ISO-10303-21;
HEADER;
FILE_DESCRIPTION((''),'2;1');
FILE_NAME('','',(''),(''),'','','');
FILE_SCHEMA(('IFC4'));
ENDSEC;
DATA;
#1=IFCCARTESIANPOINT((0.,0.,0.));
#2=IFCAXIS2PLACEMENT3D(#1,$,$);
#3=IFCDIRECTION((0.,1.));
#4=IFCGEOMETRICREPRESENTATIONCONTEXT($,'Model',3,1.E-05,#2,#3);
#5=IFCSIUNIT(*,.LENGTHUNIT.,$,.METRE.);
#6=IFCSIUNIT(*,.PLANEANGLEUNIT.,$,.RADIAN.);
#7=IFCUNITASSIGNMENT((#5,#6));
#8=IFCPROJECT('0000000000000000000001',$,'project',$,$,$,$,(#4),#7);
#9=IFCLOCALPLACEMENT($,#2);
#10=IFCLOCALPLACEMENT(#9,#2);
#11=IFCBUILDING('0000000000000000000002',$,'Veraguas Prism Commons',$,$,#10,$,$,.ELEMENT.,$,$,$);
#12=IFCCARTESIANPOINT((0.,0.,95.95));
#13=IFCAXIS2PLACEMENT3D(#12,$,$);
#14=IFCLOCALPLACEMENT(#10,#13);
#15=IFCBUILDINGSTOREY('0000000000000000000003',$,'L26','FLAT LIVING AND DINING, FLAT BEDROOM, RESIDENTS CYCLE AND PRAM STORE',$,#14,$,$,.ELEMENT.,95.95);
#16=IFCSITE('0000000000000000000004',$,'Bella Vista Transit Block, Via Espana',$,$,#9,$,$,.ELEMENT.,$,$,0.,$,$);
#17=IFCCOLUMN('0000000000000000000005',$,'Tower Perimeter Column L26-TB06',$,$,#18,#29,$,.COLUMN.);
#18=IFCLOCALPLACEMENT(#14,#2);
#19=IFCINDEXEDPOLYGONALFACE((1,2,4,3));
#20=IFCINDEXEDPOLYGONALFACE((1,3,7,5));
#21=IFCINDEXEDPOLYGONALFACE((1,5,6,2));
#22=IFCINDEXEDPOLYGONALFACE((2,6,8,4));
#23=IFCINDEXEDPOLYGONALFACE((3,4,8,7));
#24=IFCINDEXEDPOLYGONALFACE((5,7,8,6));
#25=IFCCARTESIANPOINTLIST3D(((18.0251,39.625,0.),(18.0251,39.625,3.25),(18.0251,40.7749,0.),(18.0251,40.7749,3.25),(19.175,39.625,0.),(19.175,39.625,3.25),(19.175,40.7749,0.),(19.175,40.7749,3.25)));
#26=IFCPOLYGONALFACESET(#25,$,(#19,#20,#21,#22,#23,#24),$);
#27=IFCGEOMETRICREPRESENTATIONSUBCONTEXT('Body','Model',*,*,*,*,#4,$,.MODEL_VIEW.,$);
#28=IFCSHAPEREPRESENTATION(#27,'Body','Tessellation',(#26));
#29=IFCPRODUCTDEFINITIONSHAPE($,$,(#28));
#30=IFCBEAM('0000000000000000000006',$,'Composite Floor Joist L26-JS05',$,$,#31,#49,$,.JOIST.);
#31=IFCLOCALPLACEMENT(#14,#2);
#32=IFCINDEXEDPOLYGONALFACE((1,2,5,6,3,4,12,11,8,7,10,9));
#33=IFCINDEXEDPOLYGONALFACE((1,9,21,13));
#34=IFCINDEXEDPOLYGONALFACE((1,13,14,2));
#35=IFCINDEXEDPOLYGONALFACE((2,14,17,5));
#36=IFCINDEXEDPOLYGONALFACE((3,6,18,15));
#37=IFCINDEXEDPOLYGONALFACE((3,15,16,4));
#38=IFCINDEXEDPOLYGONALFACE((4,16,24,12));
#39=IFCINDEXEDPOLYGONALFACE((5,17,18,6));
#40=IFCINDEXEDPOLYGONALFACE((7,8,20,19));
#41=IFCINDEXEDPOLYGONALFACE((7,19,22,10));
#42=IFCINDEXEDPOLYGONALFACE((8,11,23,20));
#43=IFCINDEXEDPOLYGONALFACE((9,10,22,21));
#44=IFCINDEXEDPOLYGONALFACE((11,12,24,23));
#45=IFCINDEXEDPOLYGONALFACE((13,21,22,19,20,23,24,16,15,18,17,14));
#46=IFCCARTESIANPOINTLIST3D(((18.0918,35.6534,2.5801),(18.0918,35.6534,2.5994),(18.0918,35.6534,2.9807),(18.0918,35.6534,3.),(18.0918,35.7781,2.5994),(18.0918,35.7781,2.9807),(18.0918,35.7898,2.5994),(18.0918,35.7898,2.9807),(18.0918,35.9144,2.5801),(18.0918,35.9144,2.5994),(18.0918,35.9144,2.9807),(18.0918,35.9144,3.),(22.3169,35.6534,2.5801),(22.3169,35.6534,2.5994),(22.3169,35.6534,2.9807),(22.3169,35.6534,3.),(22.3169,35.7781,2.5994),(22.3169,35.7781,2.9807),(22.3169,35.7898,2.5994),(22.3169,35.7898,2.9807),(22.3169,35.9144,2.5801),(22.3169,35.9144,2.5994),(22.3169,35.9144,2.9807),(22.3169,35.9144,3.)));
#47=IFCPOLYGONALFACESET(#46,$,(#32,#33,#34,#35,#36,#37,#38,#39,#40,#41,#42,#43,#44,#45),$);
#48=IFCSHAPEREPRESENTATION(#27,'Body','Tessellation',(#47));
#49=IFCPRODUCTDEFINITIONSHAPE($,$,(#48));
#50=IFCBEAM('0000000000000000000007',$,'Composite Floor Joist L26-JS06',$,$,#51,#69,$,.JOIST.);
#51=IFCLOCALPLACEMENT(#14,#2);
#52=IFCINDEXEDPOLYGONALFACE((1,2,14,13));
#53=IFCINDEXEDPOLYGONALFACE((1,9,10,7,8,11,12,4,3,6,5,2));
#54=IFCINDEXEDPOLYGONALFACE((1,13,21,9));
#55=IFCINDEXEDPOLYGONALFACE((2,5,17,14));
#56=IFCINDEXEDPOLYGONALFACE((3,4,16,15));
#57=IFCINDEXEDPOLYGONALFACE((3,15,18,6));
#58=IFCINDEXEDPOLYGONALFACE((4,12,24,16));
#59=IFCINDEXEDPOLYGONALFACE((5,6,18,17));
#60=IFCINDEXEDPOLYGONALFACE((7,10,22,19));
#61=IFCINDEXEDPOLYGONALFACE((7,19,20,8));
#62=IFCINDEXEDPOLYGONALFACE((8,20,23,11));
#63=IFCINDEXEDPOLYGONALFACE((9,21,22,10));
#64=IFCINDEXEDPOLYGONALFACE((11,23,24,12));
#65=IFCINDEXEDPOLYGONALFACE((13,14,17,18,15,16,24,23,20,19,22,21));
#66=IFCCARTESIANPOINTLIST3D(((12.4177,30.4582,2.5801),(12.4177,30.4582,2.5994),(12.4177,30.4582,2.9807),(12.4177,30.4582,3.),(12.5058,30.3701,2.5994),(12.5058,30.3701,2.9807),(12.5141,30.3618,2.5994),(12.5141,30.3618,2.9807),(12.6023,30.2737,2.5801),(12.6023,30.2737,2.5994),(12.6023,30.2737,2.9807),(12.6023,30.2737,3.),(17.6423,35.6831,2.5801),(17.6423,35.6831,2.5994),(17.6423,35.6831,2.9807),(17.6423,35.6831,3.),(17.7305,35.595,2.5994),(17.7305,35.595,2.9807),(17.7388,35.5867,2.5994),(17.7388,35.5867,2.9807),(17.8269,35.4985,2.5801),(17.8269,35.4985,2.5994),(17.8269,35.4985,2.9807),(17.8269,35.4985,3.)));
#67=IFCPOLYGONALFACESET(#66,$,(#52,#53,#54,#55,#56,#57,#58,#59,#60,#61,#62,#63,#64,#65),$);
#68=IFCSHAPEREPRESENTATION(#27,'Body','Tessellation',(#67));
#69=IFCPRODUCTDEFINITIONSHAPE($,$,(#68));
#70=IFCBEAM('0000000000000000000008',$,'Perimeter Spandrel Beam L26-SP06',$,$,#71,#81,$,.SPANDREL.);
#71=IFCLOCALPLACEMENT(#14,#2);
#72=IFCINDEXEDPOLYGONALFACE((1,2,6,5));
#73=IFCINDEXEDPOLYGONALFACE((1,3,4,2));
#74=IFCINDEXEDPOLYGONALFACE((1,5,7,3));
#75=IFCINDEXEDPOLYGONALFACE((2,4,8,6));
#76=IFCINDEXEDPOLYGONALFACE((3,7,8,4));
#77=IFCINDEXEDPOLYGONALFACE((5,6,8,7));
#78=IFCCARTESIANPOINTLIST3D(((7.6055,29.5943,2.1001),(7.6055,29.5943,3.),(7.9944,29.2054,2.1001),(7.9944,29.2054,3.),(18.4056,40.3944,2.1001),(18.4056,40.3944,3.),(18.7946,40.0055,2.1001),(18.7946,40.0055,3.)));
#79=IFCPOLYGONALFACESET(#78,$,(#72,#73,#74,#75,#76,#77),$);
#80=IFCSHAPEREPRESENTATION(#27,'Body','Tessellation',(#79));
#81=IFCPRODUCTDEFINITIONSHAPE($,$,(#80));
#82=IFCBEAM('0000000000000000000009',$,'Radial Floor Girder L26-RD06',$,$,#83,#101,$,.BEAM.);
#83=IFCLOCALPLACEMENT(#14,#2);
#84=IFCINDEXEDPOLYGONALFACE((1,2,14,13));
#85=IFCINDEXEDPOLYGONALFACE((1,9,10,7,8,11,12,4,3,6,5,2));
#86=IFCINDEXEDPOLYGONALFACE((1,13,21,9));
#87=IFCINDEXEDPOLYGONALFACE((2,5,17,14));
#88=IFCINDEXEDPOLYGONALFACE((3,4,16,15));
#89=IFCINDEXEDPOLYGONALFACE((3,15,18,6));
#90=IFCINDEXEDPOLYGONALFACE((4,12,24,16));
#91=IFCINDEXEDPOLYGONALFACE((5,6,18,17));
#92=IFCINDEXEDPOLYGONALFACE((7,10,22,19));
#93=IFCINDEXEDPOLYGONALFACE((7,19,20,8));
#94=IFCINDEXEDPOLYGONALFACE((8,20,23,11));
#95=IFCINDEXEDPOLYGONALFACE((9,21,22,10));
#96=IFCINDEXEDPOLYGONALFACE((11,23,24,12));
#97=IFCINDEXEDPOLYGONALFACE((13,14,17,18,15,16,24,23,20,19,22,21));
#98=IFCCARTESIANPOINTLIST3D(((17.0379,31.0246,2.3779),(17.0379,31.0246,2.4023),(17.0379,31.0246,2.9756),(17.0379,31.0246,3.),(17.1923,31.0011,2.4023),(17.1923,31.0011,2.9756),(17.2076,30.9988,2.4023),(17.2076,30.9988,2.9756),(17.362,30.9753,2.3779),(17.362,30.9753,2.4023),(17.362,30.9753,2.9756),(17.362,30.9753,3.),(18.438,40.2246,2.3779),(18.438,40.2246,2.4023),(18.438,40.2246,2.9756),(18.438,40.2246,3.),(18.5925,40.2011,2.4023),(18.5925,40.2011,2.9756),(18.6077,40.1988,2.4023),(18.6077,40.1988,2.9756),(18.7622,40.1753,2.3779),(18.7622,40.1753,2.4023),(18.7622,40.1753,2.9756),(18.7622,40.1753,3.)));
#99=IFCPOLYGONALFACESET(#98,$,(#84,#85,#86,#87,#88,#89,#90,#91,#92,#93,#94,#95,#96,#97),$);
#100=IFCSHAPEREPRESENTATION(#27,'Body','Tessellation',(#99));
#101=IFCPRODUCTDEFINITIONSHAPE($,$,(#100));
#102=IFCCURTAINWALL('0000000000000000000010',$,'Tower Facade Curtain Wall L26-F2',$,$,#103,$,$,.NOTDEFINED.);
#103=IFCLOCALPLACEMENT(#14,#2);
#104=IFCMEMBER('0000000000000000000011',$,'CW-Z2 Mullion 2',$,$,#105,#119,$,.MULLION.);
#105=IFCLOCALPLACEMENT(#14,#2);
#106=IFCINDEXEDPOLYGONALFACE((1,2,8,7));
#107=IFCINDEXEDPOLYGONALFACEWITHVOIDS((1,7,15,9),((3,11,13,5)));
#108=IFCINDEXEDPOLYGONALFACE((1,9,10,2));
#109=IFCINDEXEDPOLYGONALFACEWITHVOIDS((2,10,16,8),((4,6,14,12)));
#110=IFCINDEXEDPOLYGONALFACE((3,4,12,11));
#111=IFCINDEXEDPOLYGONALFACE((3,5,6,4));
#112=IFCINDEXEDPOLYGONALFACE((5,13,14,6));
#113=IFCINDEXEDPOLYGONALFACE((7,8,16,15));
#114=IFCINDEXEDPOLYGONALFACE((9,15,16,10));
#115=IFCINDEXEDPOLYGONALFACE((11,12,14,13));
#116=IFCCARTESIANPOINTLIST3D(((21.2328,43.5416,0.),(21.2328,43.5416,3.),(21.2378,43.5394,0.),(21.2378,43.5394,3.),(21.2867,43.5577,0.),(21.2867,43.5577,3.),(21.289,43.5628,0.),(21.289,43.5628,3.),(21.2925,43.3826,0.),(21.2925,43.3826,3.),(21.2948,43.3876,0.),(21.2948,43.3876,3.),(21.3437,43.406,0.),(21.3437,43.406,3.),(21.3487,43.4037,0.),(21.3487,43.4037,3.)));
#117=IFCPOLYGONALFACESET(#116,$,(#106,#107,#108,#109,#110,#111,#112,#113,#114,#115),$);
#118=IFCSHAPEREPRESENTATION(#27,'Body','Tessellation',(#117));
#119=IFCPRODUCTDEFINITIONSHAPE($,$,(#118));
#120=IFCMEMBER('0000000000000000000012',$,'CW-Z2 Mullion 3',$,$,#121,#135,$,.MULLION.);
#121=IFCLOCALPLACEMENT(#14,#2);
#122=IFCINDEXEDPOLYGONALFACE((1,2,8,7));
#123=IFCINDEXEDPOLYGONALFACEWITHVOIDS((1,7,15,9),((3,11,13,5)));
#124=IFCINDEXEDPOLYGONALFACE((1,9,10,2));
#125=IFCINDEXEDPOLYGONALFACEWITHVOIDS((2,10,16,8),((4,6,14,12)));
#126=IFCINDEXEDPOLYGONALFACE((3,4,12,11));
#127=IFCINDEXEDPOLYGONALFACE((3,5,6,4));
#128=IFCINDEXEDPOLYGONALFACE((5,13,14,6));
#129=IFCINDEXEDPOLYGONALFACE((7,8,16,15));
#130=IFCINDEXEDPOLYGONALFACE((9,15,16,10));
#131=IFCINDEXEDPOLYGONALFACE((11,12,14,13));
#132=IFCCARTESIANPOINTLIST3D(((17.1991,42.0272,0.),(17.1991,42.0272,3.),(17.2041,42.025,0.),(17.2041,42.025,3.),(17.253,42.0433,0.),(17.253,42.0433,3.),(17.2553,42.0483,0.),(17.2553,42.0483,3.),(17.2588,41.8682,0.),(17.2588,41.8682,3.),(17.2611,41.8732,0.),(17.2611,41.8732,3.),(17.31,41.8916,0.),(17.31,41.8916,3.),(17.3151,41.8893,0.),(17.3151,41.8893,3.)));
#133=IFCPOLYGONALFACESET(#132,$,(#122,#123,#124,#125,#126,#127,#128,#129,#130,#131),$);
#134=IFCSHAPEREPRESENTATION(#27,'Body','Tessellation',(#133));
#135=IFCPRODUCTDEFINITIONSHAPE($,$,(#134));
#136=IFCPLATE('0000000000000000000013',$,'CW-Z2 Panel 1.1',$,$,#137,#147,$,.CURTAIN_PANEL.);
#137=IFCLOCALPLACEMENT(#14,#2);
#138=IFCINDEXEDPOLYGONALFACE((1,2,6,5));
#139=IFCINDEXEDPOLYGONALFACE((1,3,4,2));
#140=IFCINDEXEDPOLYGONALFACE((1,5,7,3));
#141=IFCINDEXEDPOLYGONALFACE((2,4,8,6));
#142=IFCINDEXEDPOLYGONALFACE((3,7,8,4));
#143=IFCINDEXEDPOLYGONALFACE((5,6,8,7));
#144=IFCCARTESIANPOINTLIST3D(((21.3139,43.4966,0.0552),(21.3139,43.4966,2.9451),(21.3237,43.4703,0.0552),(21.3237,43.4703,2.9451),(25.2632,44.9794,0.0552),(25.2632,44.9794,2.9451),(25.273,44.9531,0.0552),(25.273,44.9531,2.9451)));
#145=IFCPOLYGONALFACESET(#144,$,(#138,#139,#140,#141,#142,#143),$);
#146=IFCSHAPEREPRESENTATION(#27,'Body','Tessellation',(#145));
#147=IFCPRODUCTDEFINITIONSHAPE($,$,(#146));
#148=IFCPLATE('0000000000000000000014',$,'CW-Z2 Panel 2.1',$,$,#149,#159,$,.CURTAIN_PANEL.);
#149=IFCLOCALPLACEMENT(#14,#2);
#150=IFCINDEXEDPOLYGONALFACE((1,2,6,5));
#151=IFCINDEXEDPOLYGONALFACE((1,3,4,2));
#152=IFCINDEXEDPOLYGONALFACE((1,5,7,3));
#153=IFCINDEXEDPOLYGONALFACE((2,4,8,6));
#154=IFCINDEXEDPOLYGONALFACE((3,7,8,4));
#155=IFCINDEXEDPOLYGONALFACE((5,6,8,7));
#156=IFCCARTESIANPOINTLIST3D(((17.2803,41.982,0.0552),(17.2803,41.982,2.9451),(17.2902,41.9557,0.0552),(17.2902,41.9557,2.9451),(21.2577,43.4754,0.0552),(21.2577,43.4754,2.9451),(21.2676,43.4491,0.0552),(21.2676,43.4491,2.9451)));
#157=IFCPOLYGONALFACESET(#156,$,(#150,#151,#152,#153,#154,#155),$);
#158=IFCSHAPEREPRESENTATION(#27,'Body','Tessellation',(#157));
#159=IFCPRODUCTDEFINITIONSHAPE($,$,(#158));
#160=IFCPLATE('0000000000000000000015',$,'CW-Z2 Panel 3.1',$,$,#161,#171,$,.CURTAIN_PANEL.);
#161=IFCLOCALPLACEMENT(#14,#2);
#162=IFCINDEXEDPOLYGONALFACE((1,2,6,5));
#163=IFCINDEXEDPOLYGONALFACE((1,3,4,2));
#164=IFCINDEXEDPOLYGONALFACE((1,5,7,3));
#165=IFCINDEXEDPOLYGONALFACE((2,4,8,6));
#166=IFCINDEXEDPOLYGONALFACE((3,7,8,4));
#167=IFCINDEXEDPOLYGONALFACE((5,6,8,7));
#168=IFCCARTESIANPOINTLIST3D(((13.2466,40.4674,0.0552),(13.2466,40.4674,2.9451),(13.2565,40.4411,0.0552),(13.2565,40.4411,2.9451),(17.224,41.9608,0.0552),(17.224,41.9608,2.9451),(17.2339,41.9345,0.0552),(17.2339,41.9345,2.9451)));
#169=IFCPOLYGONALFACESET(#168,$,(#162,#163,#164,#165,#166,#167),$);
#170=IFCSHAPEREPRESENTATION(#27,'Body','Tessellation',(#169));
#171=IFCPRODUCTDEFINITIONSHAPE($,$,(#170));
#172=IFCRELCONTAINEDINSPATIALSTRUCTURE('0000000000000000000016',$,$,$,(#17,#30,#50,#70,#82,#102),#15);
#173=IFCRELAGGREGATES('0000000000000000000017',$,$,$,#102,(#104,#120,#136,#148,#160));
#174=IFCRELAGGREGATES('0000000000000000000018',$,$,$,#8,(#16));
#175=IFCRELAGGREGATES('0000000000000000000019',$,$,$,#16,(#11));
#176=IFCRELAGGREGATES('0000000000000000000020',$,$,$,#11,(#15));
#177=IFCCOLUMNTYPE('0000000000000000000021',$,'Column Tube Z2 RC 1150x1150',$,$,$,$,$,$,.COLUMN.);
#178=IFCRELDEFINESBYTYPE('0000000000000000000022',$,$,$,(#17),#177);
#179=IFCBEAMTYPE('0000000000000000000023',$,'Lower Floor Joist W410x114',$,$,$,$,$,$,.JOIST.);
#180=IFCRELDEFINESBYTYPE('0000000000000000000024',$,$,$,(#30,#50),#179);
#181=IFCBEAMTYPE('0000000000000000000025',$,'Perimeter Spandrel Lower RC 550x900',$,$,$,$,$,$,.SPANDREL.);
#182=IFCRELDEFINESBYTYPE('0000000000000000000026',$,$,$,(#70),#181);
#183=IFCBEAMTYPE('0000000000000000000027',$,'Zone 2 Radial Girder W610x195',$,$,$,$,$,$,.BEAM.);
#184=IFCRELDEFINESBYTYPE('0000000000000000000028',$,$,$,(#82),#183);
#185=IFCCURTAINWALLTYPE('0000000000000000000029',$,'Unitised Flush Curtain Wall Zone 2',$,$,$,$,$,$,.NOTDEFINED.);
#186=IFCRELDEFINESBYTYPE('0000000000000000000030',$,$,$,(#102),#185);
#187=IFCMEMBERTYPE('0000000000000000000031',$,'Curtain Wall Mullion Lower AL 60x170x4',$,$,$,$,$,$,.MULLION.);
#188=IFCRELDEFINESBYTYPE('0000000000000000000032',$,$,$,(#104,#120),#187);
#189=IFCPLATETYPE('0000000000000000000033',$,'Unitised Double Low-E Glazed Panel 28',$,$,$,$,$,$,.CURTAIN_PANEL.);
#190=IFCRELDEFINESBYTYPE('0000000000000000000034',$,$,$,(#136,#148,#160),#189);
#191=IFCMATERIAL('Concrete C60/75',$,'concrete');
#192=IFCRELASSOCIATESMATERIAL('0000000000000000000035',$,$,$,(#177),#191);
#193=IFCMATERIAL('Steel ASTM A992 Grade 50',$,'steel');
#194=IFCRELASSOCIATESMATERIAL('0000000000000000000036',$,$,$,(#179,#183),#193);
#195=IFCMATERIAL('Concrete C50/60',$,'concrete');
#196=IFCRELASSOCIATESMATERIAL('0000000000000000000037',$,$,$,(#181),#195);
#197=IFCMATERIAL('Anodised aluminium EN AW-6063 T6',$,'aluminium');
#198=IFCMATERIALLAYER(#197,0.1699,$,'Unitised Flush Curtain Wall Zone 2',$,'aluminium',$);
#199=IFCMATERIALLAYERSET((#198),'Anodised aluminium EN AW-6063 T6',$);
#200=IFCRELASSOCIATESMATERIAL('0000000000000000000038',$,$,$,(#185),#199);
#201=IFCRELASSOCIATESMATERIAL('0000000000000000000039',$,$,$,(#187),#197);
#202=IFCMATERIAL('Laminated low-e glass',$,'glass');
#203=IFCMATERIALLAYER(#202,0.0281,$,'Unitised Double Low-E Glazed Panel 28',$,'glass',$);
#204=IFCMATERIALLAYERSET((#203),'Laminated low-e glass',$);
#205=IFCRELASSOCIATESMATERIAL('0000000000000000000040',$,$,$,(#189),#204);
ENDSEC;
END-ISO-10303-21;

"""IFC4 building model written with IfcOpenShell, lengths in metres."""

from ifc_helpers import new_model, si_unit, direction, frame, origin, origin_2d, place, context, subcontext, project, spatial, rectangle, hollow_rectangle, i_section, extrude, source, transform, mapped, material, layer, layer_set, material_profile, profile_set, type_object, element, aggregate, save


model = new_model("IFC4")

# Units and contexts
model_context = context("Model", 3, precision=1e-05, world=origin(), true_north=direction((0.0, 1.0)))
body_context = subcontext(model_context, "Body", "Model", "MODEL_VIEW")
ifc_project = project(units=[si_unit("LENGTHUNIT", "METRE"), si_unit("PLANEANGLEUNIT", "RADIAN")], contexts=[model_context])

# Site, building, storey
site_placement = place(None, origin())
site = spatial("IfcSite", under=ifc_project, at=site_placement, Name="Bella Vista Transit Block, Via Espana", CompositionType="ELEMENT", RefElevation=0.0)
building_placement = place(site_placement, origin())
building = spatial("IfcBuilding", under=site, at=building_placement, Name="Veraguas Prism Commons", CompositionType="ELEMENT")
storey_placement = place(building_placement, frame((0.0, 0.0, 95.95)))
storey = spatial("IfcBuildingStorey", under=building, at=storey_placement, Name="L26", Description="FLAT LIVING AND DINING, FLAT BEDROOM, RESIDENTS CYCLE AND PRAM STORE", CompositionType="ELEMENT", Elevation=95.95)

# Column
ifc_material_1 = material(Name="Concrete C60/75", Category="concrete")
ifc_material_profile_1 = material_profile(ifc_material_1, rectangle(XDim=1.1499, YDim=1.1499, at=origin_2d()), Name="RC1150X1150")
ifc_profile_set_1 = profile_set([ifc_material_profile_1], Name="Concrete C60/75")
column_type = type_object("IfcColumnType", Name="Column Tube Z2 RC 1150x1150", PredefinedType="COLUMN", material=ifc_profile_set_1)
column_placement = place(storey_placement, frame((18.6001, 40.2, 0.0), z_axis=(0.0, 0.0, 1.0), x_axis=(1.0, 0.0, 0.0)))
element("IfcColumn", 1, at=column_placement, inside=storey, type_object=column_type, Name="Tower Perimeter Column L26-TB06", PredefinedType="COLUMN", context=body_context, shape_type="SweptSolid", body=[
    extrude(rectangle(XDim=1.1499, YDim=1.1499, at=origin_2d()), origin(), (0.0, 0.0, 1.0), 3.25),
])

# Beams
ifc_material_2 = material(Name="Steel ASTM A992 Grade 50", Category="steel")
ifc_material_profile_2 = material_profile(ifc_material_2, i_section(OverallWidth=0.261, OverallDepth=0.4199, WebThickness=0.0117, FlangeThickness=0.0193, at=origin_2d()), Name="W410X114")
ifc_profile_set_2 = profile_set([ifc_material_profile_2], Name="Steel ASTM A992 Grade 50")
beam_type_1 = type_object("IfcBeamType", Name="Lower Floor Joist W410x114", PredefinedType="JOIST", material=ifc_profile_set_2)
beam_1_placement = place(storey_placement, frame((22.3169, 35.7839, 2.79), z_axis=(-1.0, 0.0, 0.0), x_axis=(0.0, -1.0, 0.0)))
element("IfcBeam", 2, at=beam_1_placement, inside=storey, type_object=beam_type_1, Name="Composite Floor Joist L26-JS05", PredefinedType="JOIST", context=body_context, shape_type="SweptSolid", body=[
    extrude(i_section(OverallWidth=0.261, OverallDepth=0.4199, WebThickness=0.0117, FlangeThickness=0.0193, at=origin_2d()), origin(), (0.0, 0.0, 1.0), 4.2251),
])
beam_2_placement = place(storey_placement, frame((17.7346, 35.5908, 2.79), z_axis=(-0.70709, -0.707123, 0.0), x_axis=(0.707123, -0.70709, 0.0)))
element("IfcBeam", 3, at=beam_2_placement, inside=storey, type_object=beam_type_1, Name="Composite Floor Joist L26-JS06", PredefinedType="JOIST", context=body_context, shape_type="SweptSolid", body=[
    extrude(i_section(OverallWidth=0.261, OverallDepth=0.4199, WebThickness=0.0117, FlangeThickness=0.0193, at=origin_2d()), origin(), (0.0, 0.0, 1.0), 7.3889),
])
ifc_material_3 = material(Name="Concrete C50/60", Category="concrete")
ifc_material_profile_3 = material_profile(ifc_material_3, rectangle(XDim=0.55, YDim=0.8999, at=origin_2d()), Name="RC550X900")
ifc_profile_set_3 = profile_set([ifc_material_profile_3], Name="Concrete C50/60")
beam_type_2 = type_object("IfcBeamType", Name="Perimeter Spandrel Lower RC 550x900", PredefinedType="SPANDREL", material=ifc_profile_set_3)
beam_3_placement = place(storey_placement, frame((18.6001, 40.2, 2.55), z_axis=(-0.707107, -0.707107, 0.0), x_axis=(0.707107, -0.707107, 0.0)))
element("IfcBeam", 4, at=beam_3_placement, inside=storey, type_object=beam_type_2, Name="Perimeter Spandrel Beam L26-SP06", PredefinedType="SPANDREL", context=body_context, shape_type="SweptSolid", body=[
    extrude(rectangle(XDim=0.55, YDim=0.8999, at=origin_2d()), origin(), (0.0, 0.0, 1.0), 15.2737),
])
ifc_material_profile_4 = material_profile(ifc_material_2, i_section(OverallWidth=0.3279, OverallDepth=0.6221, WebThickness=0.0154, FlangeThickness=0.0244, at=origin_2d()), Name="W610X195")
ifc_profile_set_4 = profile_set([ifc_material_profile_4], Name="Steel ASTM A992 Grade 50")
beam_type_3 = type_object("IfcBeamType", Name="Zone 2 Radial Girder W610x195", PredefinedType="BEAM", material=ifc_profile_set_4)
beam_4_placement = place(storey_placement, frame((18.6001, 40.2, 2.689), z_axis=(-0.150458, -0.988616, 0.0), x_axis=(0.988616, -0.150458, 0.0)))
element("IfcBeam", 5, at=beam_4_placement, inside=storey, type_object=beam_type_3, Name="Radial Floor Girder L26-RD06", PredefinedType="BEAM", context=body_context, shape_type="SweptSolid", body=[
    extrude(i_section(OverallWidth=0.3279, OverallDepth=0.6221, WebThickness=0.0154, FlangeThickness=0.0244, at=origin_2d()), origin(), (0.0, 0.0, 1.0), 9.3059),
])

# Curtain wall, members, plates
ifc_material_4 = material(Name="Anodised aluminium EN AW-6063 T6", Category="aluminium")
ifc_layer_1 = layer(ifc_material_4, 0.1699, Name="Unitised Flush Curtain Wall Zone 2", Category="aluminium")
ifc_layer_set_1 = layer_set([ifc_layer_1], Name="Anodised aluminium EN AW-6063 T6")
curtain_wall_type = type_object("IfcCurtainWallType", Name="Unitised Flush Curtain Wall Zone 2", PredefinedType="NOTDEFINED", material=ifc_layer_set_1)
curtain_wall_placement = place(storey_placement, origin())
curtain_wall = element("IfcCurtainWall", 6, at=curtain_wall_placement, inside=storey, type_object=curtain_wall_type, Name="Tower Facade Curtain Wall L26-F2", PredefinedType="NOTDEFINED")
ifc_material_profile_5 = material_profile(ifc_material_4, hollow_rectangle(XDim=0.0601, YDim=0.1699, WallThickness=0.0039, at=origin_2d()), Name="AL60X170X4")
ifc_profile_set_5 = profile_set([ifc_material_profile_5], Name="Anodised aluminium EN AW-6063 T6")
member_type = type_object("IfcMemberType", Name="Curtain Wall Mullion Lower AL 60x170x4", PredefinedType="MULLION", material=ifc_profile_set_5)
shared_shape_1 = source(origin(), body_context, "Body", "SweptSolid", [
    extrude(hollow_rectangle(XDim=0.0601, YDim=0.1699, WallThickness=0.0039, at=origin_2d()), origin(), (0.0, 0.0, 1.0), 3.0),
])
member_1_placement = place(storey_placement, frame((21.2908, 43.4727, 0.0), z_axis=(0.0, 0.0, 1.0), x_axis=(-0.936183, -0.351513, 0.0)))
member_1 = element("IfcMember", 7, at=member_1_placement, type_object=member_type, Name="CW-Z2 Mullion 2", PredefinedType="MULLION", context=body_context, shape_type="MappedRepresentation", body=[
    mapped(shared_shape_1, transform((0.0, 0.0, 0.0), scale=1.0)),
])
member_2_placement = place(storey_placement, frame((17.2571, 41.9583, 0.0), z_axis=(0.0, 0.0, 1.0), x_axis=(-0.936183, -0.351513, 0.0)))
member_2 = element("IfcMember", 8, at=member_2_placement, type_object=member_type, Name="CW-Z2 Mullion 3", PredefinedType="MULLION", context=body_context, shape_type="MappedRepresentation", body=[
    mapped(shared_shape_1, transform((0.0, 0.0, 0.0), scale=1.0)),
])
ifc_material_5 = material(Name="Laminated low-e glass", Category="glass")
ifc_layer_2 = layer(ifc_material_5, 0.0281, Name="Unitised Double Low-E Glazed Panel 28", Category="glass")
ifc_layer_set_2 = layer_set([ifc_layer_2], Name="Laminated low-e glass")
plate_type = type_object("IfcPlateType", Name="Unitised Double Low-E Glazed Panel 28", PredefinedType="CURTAIN_PANEL", material=ifc_layer_set_2)
shared_shape_2 = source(origin(), body_context, "Body", "SweptSolid", [
    extrude(rectangle(XDim=4.2185, YDim=0.0281, at=origin_2d()), origin(), (0.0, 0.0, 1.0), 2.8899),
])
plate_1_placement = place(storey_placement, frame((23.2935, 44.2249, 0.0552), z_axis=(0.0, 0.0, 1.0), x_axis=(-0.936183, -0.351513, 0.0)))
plate_1 = element("IfcPlate", 9, at=plate_1_placement, type_object=plate_type, Name="CW-Z2 Panel 1.1", PredefinedType="CURTAIN_PANEL", context=body_context, shape_type="MappedRepresentation", body=[
    mapped(shared_shape_2, transform((0.0, 0.0, 0.0), scale=1.0)),
])
shared_shape_3 = source(origin(), body_context, "Body", "SweptSolid", [
    extrude(rectangle(XDim=4.2485, YDim=0.0281, at=origin_2d()), origin(), (0.0, 0.0, 1.0), 2.8899),
])
plate_2_placement = place(storey_placement, frame((19.2739, 42.7156, 0.0552), z_axis=(0.0, 0.0, 1.0), x_axis=(-0.936183, -0.351513, 0.0)))
plate_2 = element("IfcPlate", 10, at=plate_2_placement, type_object=plate_type, Name="CW-Z2 Panel 2.1", PredefinedType="CURTAIN_PANEL", context=body_context, shape_type="MappedRepresentation", body=[
    mapped(shared_shape_3, transform((0.0, 0.0, 0.0), scale=1.0)),
])
plate_3_placement = place(storey_placement, frame((15.2402, 41.2009, 0.0552), z_axis=(0.0, 0.0, 1.0), x_axis=(-0.936183, -0.351513, 0.0)))
plate_3 = element("IfcPlate", 11, at=plate_3_placement, type_object=plate_type, Name="CW-Z2 Panel 3.1", PredefinedType="CURTAIN_PANEL", context=body_context, shape_type="MappedRepresentation", body=[
    mapped(shared_shape_3, transform((0.0, 0.0, 0.0), scale=1.0)),
])
aggregate(curtain_wall, [member_1, member_2, plate_1, plate_2, plate_3])

save(model, "model.ifc")
